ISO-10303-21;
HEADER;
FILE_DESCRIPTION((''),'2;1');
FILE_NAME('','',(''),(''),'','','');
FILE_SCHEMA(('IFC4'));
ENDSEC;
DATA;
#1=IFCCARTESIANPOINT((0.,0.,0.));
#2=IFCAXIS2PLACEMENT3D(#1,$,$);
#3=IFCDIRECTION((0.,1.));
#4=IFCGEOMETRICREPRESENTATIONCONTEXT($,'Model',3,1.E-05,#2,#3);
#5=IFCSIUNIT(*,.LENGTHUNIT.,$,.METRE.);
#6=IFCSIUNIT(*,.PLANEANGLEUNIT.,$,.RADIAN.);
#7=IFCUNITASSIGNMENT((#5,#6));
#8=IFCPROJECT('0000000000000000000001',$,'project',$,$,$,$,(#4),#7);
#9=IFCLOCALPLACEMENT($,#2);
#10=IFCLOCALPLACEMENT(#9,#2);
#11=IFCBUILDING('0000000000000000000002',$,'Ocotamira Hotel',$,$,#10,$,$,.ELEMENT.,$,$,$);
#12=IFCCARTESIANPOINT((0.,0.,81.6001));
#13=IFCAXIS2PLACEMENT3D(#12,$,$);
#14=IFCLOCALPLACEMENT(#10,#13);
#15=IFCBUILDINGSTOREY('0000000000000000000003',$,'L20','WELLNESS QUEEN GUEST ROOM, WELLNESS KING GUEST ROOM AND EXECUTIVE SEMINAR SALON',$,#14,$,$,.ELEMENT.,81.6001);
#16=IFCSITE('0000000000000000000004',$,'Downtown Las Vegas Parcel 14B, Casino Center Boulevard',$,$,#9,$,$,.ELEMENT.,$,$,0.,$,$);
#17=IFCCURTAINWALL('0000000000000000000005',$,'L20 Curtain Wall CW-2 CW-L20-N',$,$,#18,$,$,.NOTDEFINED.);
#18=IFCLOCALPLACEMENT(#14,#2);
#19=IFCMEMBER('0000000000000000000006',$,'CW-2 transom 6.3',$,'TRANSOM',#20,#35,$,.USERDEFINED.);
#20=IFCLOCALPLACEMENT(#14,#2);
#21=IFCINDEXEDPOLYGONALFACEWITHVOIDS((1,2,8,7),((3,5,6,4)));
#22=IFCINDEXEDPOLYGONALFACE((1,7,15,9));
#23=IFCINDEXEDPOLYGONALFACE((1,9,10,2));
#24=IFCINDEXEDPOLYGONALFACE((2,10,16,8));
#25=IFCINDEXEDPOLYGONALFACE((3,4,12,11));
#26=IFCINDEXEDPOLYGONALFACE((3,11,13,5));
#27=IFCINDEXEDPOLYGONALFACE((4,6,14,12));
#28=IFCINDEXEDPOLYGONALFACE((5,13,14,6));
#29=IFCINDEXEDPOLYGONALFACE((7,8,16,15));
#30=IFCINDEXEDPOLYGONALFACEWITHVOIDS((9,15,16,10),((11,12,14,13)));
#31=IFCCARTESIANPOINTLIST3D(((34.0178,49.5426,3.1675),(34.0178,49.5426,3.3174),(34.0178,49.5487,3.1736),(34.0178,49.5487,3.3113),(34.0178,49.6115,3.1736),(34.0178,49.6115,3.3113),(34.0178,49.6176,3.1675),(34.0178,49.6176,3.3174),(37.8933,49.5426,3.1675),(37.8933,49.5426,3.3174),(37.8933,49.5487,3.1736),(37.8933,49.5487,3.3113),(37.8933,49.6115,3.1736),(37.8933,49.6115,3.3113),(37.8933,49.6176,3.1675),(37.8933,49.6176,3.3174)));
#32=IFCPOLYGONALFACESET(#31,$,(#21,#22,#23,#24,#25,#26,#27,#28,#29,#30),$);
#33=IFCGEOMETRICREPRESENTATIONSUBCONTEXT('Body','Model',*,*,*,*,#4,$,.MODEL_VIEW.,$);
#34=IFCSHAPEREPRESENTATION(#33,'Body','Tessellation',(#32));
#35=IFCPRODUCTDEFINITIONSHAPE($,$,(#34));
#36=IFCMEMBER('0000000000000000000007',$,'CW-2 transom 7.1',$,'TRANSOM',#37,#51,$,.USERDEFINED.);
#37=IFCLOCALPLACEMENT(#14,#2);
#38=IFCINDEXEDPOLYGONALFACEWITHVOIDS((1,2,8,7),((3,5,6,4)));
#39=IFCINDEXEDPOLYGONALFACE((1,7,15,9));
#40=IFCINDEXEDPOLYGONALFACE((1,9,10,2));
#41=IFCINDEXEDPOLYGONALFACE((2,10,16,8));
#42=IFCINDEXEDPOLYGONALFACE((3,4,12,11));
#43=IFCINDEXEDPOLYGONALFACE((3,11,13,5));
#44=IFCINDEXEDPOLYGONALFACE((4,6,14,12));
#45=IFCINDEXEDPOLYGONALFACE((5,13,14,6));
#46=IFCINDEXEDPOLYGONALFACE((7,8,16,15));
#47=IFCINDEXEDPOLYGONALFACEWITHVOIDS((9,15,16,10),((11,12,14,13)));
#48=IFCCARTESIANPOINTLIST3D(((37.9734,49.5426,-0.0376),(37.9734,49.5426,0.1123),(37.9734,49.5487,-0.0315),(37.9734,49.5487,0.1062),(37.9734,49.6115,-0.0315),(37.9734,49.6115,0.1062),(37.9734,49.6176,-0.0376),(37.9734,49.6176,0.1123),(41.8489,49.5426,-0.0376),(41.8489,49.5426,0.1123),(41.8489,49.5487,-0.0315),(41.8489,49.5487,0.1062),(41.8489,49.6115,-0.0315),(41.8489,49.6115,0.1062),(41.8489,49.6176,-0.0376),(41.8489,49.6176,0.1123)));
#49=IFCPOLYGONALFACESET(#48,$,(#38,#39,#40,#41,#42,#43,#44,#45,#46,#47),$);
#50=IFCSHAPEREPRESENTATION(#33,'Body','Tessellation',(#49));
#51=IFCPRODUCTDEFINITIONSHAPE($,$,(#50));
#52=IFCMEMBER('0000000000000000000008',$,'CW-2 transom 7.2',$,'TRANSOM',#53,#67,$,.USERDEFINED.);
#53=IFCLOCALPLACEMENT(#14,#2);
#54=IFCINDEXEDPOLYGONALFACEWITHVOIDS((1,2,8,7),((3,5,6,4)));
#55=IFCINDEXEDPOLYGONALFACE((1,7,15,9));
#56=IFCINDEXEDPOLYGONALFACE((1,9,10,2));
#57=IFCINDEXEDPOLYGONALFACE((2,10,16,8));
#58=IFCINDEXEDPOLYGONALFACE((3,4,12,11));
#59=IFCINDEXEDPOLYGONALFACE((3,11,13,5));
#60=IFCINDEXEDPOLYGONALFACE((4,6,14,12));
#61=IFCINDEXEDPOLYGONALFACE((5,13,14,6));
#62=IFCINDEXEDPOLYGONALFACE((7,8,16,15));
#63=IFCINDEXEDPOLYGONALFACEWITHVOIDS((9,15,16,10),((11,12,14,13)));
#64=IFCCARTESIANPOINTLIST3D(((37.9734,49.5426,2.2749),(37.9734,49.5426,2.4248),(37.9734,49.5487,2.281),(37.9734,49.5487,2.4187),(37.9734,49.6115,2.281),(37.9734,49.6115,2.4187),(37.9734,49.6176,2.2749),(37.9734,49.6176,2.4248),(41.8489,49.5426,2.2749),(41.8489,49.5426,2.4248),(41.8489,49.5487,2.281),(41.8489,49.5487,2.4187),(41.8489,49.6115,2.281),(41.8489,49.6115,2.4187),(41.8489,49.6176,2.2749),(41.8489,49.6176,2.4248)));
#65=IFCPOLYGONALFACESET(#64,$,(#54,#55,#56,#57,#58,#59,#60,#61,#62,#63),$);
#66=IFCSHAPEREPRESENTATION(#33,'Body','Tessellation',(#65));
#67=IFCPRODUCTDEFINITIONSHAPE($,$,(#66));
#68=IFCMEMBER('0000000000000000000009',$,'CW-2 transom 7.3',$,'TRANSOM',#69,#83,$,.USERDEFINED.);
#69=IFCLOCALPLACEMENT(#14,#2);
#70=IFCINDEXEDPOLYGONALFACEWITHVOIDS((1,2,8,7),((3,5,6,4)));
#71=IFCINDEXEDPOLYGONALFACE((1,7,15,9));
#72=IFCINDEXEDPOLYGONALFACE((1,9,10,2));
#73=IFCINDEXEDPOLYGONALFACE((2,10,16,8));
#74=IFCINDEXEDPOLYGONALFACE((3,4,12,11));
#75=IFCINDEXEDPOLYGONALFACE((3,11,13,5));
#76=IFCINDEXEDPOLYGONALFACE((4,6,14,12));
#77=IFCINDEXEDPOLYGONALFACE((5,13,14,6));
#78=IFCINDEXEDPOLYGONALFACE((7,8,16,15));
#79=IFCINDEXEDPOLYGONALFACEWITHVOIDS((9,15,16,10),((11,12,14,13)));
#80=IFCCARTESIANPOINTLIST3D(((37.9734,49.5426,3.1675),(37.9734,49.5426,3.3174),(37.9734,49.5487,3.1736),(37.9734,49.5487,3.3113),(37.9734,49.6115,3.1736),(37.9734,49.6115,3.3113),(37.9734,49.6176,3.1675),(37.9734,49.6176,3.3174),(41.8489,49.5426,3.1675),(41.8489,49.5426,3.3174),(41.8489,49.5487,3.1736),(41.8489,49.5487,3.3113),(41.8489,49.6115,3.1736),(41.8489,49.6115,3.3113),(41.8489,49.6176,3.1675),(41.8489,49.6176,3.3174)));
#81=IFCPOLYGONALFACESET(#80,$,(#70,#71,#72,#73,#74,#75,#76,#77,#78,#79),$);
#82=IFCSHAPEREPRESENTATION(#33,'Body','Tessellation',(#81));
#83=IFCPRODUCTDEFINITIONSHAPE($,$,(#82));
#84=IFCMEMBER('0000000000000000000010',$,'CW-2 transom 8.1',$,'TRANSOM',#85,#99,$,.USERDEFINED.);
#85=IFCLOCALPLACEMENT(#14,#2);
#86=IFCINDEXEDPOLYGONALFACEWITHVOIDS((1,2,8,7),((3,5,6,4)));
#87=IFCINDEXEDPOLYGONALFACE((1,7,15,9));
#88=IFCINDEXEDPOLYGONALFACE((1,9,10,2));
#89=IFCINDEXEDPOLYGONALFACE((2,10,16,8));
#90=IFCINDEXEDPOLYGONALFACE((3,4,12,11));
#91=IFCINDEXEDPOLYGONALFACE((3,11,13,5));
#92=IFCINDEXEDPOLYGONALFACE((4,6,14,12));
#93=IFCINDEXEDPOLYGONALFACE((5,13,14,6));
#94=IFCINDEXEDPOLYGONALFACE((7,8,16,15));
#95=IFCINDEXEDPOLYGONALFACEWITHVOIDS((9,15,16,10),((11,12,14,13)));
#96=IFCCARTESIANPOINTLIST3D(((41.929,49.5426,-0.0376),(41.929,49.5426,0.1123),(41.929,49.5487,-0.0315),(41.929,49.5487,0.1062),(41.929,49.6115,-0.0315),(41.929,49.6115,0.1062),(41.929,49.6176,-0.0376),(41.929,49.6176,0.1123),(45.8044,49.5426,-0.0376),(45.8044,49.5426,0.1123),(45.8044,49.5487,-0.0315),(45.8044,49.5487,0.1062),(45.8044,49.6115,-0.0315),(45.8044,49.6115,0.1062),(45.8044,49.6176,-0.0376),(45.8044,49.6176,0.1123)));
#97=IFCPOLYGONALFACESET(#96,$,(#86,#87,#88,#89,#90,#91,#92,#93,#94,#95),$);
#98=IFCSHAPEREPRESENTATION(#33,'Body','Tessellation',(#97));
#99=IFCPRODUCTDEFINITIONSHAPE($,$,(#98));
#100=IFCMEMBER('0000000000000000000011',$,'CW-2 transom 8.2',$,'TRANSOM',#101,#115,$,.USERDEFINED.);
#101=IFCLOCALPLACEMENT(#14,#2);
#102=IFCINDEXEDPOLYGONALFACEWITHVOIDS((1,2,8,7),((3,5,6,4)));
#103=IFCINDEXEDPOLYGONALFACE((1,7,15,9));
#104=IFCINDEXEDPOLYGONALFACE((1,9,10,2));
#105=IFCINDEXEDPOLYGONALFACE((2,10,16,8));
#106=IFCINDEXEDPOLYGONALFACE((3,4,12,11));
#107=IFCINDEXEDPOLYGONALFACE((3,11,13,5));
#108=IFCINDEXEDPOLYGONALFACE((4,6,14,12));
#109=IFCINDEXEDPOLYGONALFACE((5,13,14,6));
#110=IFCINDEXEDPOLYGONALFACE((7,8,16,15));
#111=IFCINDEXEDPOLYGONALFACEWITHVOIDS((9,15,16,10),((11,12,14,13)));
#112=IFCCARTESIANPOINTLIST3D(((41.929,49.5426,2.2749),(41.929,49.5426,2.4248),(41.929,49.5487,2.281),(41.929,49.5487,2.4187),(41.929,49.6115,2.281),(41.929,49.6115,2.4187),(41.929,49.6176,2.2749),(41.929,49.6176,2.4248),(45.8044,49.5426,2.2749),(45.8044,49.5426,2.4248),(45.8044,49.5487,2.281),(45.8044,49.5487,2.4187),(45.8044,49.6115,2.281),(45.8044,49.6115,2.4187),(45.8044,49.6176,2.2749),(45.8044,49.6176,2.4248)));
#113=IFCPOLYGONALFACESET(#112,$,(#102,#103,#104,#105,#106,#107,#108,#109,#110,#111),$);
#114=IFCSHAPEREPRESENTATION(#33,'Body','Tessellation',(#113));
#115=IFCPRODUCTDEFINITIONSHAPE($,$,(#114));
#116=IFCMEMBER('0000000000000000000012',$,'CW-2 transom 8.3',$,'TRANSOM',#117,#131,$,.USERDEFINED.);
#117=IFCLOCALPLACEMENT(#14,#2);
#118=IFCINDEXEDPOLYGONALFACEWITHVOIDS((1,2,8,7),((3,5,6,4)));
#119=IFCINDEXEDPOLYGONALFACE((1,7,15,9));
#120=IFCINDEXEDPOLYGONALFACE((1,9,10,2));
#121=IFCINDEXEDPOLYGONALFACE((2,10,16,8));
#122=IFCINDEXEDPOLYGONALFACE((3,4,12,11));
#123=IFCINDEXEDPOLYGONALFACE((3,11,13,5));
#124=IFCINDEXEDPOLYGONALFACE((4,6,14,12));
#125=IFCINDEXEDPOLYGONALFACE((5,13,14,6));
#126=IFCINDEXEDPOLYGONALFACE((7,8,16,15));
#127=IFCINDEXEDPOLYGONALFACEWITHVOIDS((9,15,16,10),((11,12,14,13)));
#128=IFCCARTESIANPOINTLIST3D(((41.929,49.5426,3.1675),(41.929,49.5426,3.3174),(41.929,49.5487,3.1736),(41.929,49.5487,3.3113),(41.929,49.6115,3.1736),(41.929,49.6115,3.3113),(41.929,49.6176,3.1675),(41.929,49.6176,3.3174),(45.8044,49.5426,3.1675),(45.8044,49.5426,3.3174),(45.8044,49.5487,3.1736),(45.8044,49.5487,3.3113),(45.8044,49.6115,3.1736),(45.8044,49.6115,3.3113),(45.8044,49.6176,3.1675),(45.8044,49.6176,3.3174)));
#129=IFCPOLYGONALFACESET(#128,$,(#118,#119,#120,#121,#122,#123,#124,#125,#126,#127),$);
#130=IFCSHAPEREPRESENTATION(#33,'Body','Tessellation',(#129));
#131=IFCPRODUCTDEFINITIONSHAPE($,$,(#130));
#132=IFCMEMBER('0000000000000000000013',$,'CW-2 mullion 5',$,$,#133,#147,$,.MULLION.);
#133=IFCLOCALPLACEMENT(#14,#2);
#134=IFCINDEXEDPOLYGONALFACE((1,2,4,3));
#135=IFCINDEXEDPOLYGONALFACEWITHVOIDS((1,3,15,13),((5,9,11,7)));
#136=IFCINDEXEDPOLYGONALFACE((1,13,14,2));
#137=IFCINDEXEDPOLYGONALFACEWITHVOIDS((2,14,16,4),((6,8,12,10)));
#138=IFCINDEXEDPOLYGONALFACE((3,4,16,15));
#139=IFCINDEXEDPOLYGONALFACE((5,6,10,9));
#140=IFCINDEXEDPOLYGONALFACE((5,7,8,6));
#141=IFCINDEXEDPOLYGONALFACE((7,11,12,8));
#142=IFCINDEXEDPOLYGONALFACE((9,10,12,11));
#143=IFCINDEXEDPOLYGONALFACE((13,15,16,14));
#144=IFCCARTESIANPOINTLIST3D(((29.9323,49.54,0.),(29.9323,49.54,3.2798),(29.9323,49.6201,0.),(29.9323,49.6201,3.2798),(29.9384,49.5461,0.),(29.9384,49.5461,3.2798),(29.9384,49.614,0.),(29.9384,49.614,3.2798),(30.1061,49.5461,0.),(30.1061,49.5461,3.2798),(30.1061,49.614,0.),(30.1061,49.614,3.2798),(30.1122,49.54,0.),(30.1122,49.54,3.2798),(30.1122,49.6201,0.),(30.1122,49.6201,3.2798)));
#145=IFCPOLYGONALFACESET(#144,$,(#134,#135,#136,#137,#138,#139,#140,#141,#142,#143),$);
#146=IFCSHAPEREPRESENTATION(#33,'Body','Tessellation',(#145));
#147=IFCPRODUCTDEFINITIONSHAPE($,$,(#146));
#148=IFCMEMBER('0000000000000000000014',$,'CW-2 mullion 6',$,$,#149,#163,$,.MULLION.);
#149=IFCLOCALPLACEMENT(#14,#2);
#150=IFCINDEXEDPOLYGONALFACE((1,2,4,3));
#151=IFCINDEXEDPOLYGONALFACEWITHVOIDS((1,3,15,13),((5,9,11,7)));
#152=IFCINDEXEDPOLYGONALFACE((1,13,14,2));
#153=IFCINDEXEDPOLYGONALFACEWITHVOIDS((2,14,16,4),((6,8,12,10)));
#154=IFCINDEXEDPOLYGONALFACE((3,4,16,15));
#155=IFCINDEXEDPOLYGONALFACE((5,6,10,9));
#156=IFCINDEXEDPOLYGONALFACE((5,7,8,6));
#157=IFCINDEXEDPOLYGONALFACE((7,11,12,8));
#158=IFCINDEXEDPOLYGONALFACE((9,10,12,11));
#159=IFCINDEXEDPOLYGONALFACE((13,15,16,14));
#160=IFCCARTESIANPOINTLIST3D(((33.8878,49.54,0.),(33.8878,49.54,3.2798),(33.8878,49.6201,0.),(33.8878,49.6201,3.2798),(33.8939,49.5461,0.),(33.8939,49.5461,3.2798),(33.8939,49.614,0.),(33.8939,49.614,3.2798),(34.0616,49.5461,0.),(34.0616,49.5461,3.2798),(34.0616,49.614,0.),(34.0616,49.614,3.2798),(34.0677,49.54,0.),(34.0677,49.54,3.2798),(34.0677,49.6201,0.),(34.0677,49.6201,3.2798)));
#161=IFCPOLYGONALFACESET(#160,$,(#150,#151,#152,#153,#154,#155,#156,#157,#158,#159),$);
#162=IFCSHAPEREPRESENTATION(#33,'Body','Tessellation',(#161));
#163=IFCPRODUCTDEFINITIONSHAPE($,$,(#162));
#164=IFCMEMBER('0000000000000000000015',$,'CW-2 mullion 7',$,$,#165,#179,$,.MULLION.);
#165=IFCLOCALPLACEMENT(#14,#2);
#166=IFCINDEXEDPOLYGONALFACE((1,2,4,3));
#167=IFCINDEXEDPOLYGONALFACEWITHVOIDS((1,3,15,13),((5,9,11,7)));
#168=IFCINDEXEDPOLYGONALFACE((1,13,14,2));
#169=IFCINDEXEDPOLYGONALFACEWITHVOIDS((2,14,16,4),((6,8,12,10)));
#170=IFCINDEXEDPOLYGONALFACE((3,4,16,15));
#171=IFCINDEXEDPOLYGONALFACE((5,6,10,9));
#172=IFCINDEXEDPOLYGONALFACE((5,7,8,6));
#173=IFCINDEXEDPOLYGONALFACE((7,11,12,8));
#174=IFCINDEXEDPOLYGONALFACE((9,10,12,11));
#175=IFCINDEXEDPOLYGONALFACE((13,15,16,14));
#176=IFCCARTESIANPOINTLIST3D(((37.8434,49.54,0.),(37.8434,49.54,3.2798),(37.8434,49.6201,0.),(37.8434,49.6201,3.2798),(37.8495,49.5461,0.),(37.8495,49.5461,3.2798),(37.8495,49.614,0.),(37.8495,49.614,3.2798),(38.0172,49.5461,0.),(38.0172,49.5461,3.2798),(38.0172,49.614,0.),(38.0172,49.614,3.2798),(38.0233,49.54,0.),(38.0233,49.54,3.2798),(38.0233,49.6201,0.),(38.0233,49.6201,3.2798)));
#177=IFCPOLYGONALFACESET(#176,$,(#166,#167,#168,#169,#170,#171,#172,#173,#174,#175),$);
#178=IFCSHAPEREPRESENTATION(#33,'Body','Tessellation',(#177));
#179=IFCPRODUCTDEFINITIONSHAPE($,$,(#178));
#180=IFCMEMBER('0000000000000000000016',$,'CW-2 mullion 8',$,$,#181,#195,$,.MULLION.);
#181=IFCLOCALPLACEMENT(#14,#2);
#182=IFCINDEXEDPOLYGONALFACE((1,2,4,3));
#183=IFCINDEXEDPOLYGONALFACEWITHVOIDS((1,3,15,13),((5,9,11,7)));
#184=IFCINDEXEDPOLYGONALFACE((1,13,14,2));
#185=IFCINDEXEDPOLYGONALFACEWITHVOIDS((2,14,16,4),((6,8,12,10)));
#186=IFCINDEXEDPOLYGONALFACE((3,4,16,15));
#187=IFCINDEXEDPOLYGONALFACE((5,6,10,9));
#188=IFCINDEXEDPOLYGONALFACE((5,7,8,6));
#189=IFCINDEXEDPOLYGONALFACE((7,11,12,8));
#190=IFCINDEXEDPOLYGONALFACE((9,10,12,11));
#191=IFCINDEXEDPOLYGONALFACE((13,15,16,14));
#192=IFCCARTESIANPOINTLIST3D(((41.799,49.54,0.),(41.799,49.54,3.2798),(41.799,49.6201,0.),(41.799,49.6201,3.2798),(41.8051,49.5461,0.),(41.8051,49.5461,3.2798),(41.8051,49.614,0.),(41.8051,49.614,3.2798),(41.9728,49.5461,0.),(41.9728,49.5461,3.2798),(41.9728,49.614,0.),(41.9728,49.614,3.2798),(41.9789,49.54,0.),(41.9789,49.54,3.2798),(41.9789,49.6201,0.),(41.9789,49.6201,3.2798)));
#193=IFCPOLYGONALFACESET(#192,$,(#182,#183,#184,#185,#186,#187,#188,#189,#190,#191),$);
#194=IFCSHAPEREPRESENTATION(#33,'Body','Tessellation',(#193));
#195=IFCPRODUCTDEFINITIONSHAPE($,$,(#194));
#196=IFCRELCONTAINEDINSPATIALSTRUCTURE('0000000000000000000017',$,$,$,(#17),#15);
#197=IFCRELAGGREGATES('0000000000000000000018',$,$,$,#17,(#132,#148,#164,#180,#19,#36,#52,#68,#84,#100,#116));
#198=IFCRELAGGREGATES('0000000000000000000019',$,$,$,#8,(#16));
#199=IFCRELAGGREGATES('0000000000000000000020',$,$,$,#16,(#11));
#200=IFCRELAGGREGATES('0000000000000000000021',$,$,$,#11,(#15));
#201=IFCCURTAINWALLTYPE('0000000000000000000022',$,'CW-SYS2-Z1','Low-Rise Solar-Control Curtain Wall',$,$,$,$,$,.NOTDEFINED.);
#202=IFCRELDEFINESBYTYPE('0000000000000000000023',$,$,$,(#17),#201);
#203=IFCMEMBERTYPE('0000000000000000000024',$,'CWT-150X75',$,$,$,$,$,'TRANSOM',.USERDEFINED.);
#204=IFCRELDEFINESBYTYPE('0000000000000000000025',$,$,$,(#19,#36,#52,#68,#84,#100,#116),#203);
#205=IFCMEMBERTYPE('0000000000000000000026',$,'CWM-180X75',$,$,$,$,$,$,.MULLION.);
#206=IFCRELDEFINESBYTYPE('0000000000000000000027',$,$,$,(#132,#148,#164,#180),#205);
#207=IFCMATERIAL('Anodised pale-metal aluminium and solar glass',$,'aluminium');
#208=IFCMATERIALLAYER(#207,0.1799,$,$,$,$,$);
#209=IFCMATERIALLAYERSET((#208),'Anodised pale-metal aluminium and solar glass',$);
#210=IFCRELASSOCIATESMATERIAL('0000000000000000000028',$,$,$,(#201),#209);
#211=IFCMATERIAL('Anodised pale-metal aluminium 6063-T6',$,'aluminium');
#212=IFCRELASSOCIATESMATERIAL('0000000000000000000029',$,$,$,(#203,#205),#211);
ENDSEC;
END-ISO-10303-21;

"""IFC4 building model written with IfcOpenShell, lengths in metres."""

from ifc_helpers import new_model, si_unit, direction, frame, origin, origin_2d, place, context, subcontext, project, spatial, hollow_rectangle, extrude, source, transform, mapped, material, layer, layer_set, material_profile, profile_set, type_object, element, aggregate, save


model = new_model("IFC4")

# Units and contexts
model_context = context("Model", 3, precision=1e-05, world=origin(), true_north=direction((0.0, 1.0)))
body_context = subcontext(model_context, "Body", "Model", "MODEL_VIEW")
ifc_project = project(units=[si_unit("LENGTHUNIT", "METRE"), si_unit("PLANEANGLEUNIT", "RADIAN")], contexts=[model_context])

# Site, building, storey
site_placement = place(None, origin())
site = spatial("IfcSite", under=ifc_project, at=site_placement, Name="Downtown Las Vegas Parcel 14B, Casino Center Boulevard", CompositionType="ELEMENT", RefElevation=0.0)
building_placement = place(site_placement, origin())
building = spatial("IfcBuilding", under=site, at=building_placement, Name="Ocotamira Hotel", CompositionType="ELEMENT")
storey_placement = place(building_placement, frame((0.0, 0.0, 81.6001)))
storey = spatial("IfcBuildingStorey", under=building, at=storey_placement, Name="L20", Description="WELLNESS QUEEN GUEST ROOM, WELLNESS KING GUEST ROOM AND EXECUTIVE SEMINAR SALON", CompositionType="ELEMENT", Elevation=81.6001)

# Curtain wall, members
ifc_material_1 = material(Name="Anodised pale-metal aluminium and solar glass", Category="aluminium")
ifc_layer_1 = layer(ifc_material_1, 0.1799)
ifc_layer_set_1 = layer_set([ifc_layer_1], Name="Anodised pale-metal aluminium and solar glass")
curtain_wall_type = type_object("IfcCurtainWallType", Name="CW-SYS2-Z1", Description="Low-Rise Solar-Control Curtain Wall", PredefinedType="NOTDEFINED", material=ifc_layer_set_1)
curtain_wall_placement = place(storey_placement, origin())
curtain_wall = element("IfcCurtainWall", 1, at=curtain_wall_placement, inside=storey, type_object=curtain_wall_type, Name="L20 Curtain Wall CW-2 CW-L20-N", PredefinedType="NOTDEFINED")
ifc_material_2 = material(Name="Anodised pale-metal aluminium 6063-T6", Category="aluminium")
ifc_material_profile_1 = material_profile(ifc_material_2, hollow_rectangle(XDim=0.075, YDim=0.1499, WallThickness=0.0061, at=origin_2d()), Name="HSS150X75X6")
ifc_profile_set_1 = profile_set([ifc_material_profile_1], Name="Anodised pale-metal aluminium 6063-T6")
member_type_1 = type_object("IfcMemberType", Name="CWT-150X75", ElementType="TRANSOM", PredefinedType="USERDEFINED", material=ifc_profile_set_1)
shared_shape_1 = source(origin(), body_context, "Body", "SweptSolid", [
    extrude(hollow_rectangle(XDim=0.075, YDim=0.1499, WallThickness=0.0061, at=origin_2d()), origin(), (0.0, 0.0, 1.0), 3.8755),
])
member_1_placement = place(storey_placement, frame((34.0178, 49.5801, 3.2424), z_axis=(1.0, 0.0, 0.0), x_axis=(0.0, 1.0, 0.0)))
member_1 = element("IfcMember", 2, at=member_1_placement, type_object=member_type_1, Name="CW-2 transom 6.3", ObjectType="TRANSOM", PredefinedType="USERDEFINED", context=body_context, shape_type="MappedRepresentation", body=[
    mapped(shared_shape_1, transform((0.0, 0.0, 0.0), scale=1.0)),
])
member_2_placement = place(storey_placement, frame((37.9734, 49.5801, 0.0374), z_axis=(1.0, 0.0, 0.0), x_axis=(0.0, 1.0, 0.0)))
member_2 = element("IfcMember", 3, at=member_2_placement, type_object=member_type_1, Name="CW-2 transom 7.1", ObjectType="TRANSOM", PredefinedType="USERDEFINED", context=body_context, shape_type="MappedRepresentation", body=[
    mapped(shared_shape_1, transform((0.0, 0.0, 0.0), scale=1.0)),
])
member_3_placement = place(storey_placement, frame((37.9734, 49.5801, 2.3499), z_axis=(1.0, 0.0, 0.0), x_axis=(0.0, 1.0, 0.0)))
member_3 = element("IfcMember", 4, at=member_3_placement, type_object=member_type_1, Name="CW-2 transom 7.2", ObjectType="TRANSOM", PredefinedType="USERDEFINED", context=body_context, shape_type="MappedRepresentation", body=[
    mapped(shared_shape_1, transform((0.0, 0.0, 0.0), scale=1.0)),
])
member_4_placement = place(storey_placement, frame((37.9734, 49.5801, 3.2424), z_axis=(1.0, 0.0, 0.0), x_axis=(0.0, 1.0, 0.0)))
member_4 = element("IfcMember", 5, at=member_4_placement, type_object=member_type_1, Name="CW-2 transom 7.3", ObjectType="TRANSOM", PredefinedType="USERDEFINED", context=body_context, shape_type="MappedRepresentation", body=[
    mapped(shared_shape_1, transform((0.0, 0.0, 0.0), scale=1.0)),
])
member_5_placement = place(storey_placement, frame((41.929, 49.5801, 0.0374), z_axis=(1.0, 0.0, 0.0), x_axis=(0.0, 1.0, 0.0)))
member_5 = element("IfcMember", 6, at=member_5_placement, type_object=member_type_1, Name="CW-2 transom 8.1", ObjectType="TRANSOM", PredefinedType="USERDEFINED", context=body_context, shape_type="MappedRepresentation", body=[
    mapped(shared_shape_1, transform((0.0, 0.0, 0.0), scale=1.0)),
])
member_6_placement = place(storey_placement, frame((41.929, 49.5801, 2.3499), z_axis=(1.0, 0.0, 0.0), x_axis=(0.0, 1.0, 0.0)))
member_6 = element("IfcMember", 7, at=member_6_placement, type_object=member_type_1, Name="CW-2 transom 8.2", ObjectType="TRANSOM", PredefinedType="USERDEFINED", context=body_context, shape_type="MappedRepresentation", body=[
    mapped(shared_shape_1, transform((0.0, 0.0, 0.0), scale=1.0)),
])
member_7_placement = place(storey_placement, frame((41.929, 49.5801, 3.2424), z_axis=(1.0, 0.0, 0.0), x_axis=(0.0, 1.0, 0.0)))
member_7 = element("IfcMember", 8, at=member_7_placement, type_object=member_type_1, Name="CW-2 transom 8.3", ObjectType="TRANSOM", PredefinedType="USERDEFINED", context=body_context, shape_type="MappedRepresentation", body=[
    mapped(shared_shape_1, transform((0.0, 0.0, 0.0), scale=1.0)),
])
ifc_material_profile_2 = material_profile(ifc_material_2, hollow_rectangle(XDim=0.0801, YDim=0.1799, WallThickness=0.0061, at=origin_2d()), Name="HSS180X80X6")
ifc_profile_set_2 = profile_set([ifc_material_profile_2], Name="Anodised pale-metal aluminium 6063-T6")
member_type_2 = type_object("IfcMemberType", Name="CWM-180X75", PredefinedType="MULLION", material=ifc_profile_set_2)
shared_shape_2 = source(origin(), body_context, "Body", "SweptSolid", [
    extrude(hollow_rectangle(XDim=0.0801, YDim=0.1799, WallThickness=0.0061, at=origin_2d()), origin(), (0.0, 0.0, 1.0), 3.2798),
])
member_8_placement = place(storey_placement, frame((30.0222, 49.5801, 0.0), z_axis=(0.0, 0.0, 1.0), x_axis=(0.0, 1.0, 0.0)))
member_8 = element("IfcMember", 9, at=member_8_placement, type_object=member_type_2, Name="CW-2 mullion 5", PredefinedType="MULLION", context=body_context, shape_type="MappedRepresentation", body=[
    mapped(shared_shape_2, transform((0.0, 0.0, 0.0), scale=1.0)),
])
member_9_placement = place(storey_placement, frame((33.9778, 49.5801, 0.0), z_axis=(0.0, 0.0, 1.0), x_axis=(0.0, 1.0, 0.0)))
member_9 = element("IfcMember", 10, at=member_9_placement, type_object=member_type_2, Name="CW-2 mullion 6", PredefinedType="MULLION", context=body_context, shape_type="MappedRepresentation", body=[
    mapped(shared_shape_2, transform((0.0, 0.0, 0.0), scale=1.0)),
])
member_10_placement = place(storey_placement, frame((37.9333, 49.5801, 0.0), z_axis=(0.0, 0.0, 1.0), x_axis=(0.0, 1.0, 0.0)))
member_10 = element("IfcMember", 11, at=member_10_placement, type_object=member_type_2, Name="CW-2 mullion 7", PredefinedType="MULLION", context=body_context, shape_type="MappedRepresentation", body=[
    mapped(shared_shape_2, transform((0.0, 0.0, 0.0), scale=1.0)),
])
member_11_placement = place(storey_placement, frame((41.8889, 49.5801, 0.0), z_axis=(0.0, 0.0, 1.0), x_axis=(0.0, 1.0, 0.0)))
member_11 = element("IfcMember", 12, at=member_11_placement, type_object=member_type_2, Name="CW-2 mullion 8", PredefinedType="MULLION", context=body_context, shape_type="MappedRepresentation", body=[
    mapped(shared_shape_2, transform((0.0, 0.0, 0.0), scale=1.0)),
])

aggregate(curtain_wall, [member_8, member_9, member_10, member_11, member_1, member_2, member_3, member_4, member_5, member_6, member_7])

save(model, "model.ifc")
